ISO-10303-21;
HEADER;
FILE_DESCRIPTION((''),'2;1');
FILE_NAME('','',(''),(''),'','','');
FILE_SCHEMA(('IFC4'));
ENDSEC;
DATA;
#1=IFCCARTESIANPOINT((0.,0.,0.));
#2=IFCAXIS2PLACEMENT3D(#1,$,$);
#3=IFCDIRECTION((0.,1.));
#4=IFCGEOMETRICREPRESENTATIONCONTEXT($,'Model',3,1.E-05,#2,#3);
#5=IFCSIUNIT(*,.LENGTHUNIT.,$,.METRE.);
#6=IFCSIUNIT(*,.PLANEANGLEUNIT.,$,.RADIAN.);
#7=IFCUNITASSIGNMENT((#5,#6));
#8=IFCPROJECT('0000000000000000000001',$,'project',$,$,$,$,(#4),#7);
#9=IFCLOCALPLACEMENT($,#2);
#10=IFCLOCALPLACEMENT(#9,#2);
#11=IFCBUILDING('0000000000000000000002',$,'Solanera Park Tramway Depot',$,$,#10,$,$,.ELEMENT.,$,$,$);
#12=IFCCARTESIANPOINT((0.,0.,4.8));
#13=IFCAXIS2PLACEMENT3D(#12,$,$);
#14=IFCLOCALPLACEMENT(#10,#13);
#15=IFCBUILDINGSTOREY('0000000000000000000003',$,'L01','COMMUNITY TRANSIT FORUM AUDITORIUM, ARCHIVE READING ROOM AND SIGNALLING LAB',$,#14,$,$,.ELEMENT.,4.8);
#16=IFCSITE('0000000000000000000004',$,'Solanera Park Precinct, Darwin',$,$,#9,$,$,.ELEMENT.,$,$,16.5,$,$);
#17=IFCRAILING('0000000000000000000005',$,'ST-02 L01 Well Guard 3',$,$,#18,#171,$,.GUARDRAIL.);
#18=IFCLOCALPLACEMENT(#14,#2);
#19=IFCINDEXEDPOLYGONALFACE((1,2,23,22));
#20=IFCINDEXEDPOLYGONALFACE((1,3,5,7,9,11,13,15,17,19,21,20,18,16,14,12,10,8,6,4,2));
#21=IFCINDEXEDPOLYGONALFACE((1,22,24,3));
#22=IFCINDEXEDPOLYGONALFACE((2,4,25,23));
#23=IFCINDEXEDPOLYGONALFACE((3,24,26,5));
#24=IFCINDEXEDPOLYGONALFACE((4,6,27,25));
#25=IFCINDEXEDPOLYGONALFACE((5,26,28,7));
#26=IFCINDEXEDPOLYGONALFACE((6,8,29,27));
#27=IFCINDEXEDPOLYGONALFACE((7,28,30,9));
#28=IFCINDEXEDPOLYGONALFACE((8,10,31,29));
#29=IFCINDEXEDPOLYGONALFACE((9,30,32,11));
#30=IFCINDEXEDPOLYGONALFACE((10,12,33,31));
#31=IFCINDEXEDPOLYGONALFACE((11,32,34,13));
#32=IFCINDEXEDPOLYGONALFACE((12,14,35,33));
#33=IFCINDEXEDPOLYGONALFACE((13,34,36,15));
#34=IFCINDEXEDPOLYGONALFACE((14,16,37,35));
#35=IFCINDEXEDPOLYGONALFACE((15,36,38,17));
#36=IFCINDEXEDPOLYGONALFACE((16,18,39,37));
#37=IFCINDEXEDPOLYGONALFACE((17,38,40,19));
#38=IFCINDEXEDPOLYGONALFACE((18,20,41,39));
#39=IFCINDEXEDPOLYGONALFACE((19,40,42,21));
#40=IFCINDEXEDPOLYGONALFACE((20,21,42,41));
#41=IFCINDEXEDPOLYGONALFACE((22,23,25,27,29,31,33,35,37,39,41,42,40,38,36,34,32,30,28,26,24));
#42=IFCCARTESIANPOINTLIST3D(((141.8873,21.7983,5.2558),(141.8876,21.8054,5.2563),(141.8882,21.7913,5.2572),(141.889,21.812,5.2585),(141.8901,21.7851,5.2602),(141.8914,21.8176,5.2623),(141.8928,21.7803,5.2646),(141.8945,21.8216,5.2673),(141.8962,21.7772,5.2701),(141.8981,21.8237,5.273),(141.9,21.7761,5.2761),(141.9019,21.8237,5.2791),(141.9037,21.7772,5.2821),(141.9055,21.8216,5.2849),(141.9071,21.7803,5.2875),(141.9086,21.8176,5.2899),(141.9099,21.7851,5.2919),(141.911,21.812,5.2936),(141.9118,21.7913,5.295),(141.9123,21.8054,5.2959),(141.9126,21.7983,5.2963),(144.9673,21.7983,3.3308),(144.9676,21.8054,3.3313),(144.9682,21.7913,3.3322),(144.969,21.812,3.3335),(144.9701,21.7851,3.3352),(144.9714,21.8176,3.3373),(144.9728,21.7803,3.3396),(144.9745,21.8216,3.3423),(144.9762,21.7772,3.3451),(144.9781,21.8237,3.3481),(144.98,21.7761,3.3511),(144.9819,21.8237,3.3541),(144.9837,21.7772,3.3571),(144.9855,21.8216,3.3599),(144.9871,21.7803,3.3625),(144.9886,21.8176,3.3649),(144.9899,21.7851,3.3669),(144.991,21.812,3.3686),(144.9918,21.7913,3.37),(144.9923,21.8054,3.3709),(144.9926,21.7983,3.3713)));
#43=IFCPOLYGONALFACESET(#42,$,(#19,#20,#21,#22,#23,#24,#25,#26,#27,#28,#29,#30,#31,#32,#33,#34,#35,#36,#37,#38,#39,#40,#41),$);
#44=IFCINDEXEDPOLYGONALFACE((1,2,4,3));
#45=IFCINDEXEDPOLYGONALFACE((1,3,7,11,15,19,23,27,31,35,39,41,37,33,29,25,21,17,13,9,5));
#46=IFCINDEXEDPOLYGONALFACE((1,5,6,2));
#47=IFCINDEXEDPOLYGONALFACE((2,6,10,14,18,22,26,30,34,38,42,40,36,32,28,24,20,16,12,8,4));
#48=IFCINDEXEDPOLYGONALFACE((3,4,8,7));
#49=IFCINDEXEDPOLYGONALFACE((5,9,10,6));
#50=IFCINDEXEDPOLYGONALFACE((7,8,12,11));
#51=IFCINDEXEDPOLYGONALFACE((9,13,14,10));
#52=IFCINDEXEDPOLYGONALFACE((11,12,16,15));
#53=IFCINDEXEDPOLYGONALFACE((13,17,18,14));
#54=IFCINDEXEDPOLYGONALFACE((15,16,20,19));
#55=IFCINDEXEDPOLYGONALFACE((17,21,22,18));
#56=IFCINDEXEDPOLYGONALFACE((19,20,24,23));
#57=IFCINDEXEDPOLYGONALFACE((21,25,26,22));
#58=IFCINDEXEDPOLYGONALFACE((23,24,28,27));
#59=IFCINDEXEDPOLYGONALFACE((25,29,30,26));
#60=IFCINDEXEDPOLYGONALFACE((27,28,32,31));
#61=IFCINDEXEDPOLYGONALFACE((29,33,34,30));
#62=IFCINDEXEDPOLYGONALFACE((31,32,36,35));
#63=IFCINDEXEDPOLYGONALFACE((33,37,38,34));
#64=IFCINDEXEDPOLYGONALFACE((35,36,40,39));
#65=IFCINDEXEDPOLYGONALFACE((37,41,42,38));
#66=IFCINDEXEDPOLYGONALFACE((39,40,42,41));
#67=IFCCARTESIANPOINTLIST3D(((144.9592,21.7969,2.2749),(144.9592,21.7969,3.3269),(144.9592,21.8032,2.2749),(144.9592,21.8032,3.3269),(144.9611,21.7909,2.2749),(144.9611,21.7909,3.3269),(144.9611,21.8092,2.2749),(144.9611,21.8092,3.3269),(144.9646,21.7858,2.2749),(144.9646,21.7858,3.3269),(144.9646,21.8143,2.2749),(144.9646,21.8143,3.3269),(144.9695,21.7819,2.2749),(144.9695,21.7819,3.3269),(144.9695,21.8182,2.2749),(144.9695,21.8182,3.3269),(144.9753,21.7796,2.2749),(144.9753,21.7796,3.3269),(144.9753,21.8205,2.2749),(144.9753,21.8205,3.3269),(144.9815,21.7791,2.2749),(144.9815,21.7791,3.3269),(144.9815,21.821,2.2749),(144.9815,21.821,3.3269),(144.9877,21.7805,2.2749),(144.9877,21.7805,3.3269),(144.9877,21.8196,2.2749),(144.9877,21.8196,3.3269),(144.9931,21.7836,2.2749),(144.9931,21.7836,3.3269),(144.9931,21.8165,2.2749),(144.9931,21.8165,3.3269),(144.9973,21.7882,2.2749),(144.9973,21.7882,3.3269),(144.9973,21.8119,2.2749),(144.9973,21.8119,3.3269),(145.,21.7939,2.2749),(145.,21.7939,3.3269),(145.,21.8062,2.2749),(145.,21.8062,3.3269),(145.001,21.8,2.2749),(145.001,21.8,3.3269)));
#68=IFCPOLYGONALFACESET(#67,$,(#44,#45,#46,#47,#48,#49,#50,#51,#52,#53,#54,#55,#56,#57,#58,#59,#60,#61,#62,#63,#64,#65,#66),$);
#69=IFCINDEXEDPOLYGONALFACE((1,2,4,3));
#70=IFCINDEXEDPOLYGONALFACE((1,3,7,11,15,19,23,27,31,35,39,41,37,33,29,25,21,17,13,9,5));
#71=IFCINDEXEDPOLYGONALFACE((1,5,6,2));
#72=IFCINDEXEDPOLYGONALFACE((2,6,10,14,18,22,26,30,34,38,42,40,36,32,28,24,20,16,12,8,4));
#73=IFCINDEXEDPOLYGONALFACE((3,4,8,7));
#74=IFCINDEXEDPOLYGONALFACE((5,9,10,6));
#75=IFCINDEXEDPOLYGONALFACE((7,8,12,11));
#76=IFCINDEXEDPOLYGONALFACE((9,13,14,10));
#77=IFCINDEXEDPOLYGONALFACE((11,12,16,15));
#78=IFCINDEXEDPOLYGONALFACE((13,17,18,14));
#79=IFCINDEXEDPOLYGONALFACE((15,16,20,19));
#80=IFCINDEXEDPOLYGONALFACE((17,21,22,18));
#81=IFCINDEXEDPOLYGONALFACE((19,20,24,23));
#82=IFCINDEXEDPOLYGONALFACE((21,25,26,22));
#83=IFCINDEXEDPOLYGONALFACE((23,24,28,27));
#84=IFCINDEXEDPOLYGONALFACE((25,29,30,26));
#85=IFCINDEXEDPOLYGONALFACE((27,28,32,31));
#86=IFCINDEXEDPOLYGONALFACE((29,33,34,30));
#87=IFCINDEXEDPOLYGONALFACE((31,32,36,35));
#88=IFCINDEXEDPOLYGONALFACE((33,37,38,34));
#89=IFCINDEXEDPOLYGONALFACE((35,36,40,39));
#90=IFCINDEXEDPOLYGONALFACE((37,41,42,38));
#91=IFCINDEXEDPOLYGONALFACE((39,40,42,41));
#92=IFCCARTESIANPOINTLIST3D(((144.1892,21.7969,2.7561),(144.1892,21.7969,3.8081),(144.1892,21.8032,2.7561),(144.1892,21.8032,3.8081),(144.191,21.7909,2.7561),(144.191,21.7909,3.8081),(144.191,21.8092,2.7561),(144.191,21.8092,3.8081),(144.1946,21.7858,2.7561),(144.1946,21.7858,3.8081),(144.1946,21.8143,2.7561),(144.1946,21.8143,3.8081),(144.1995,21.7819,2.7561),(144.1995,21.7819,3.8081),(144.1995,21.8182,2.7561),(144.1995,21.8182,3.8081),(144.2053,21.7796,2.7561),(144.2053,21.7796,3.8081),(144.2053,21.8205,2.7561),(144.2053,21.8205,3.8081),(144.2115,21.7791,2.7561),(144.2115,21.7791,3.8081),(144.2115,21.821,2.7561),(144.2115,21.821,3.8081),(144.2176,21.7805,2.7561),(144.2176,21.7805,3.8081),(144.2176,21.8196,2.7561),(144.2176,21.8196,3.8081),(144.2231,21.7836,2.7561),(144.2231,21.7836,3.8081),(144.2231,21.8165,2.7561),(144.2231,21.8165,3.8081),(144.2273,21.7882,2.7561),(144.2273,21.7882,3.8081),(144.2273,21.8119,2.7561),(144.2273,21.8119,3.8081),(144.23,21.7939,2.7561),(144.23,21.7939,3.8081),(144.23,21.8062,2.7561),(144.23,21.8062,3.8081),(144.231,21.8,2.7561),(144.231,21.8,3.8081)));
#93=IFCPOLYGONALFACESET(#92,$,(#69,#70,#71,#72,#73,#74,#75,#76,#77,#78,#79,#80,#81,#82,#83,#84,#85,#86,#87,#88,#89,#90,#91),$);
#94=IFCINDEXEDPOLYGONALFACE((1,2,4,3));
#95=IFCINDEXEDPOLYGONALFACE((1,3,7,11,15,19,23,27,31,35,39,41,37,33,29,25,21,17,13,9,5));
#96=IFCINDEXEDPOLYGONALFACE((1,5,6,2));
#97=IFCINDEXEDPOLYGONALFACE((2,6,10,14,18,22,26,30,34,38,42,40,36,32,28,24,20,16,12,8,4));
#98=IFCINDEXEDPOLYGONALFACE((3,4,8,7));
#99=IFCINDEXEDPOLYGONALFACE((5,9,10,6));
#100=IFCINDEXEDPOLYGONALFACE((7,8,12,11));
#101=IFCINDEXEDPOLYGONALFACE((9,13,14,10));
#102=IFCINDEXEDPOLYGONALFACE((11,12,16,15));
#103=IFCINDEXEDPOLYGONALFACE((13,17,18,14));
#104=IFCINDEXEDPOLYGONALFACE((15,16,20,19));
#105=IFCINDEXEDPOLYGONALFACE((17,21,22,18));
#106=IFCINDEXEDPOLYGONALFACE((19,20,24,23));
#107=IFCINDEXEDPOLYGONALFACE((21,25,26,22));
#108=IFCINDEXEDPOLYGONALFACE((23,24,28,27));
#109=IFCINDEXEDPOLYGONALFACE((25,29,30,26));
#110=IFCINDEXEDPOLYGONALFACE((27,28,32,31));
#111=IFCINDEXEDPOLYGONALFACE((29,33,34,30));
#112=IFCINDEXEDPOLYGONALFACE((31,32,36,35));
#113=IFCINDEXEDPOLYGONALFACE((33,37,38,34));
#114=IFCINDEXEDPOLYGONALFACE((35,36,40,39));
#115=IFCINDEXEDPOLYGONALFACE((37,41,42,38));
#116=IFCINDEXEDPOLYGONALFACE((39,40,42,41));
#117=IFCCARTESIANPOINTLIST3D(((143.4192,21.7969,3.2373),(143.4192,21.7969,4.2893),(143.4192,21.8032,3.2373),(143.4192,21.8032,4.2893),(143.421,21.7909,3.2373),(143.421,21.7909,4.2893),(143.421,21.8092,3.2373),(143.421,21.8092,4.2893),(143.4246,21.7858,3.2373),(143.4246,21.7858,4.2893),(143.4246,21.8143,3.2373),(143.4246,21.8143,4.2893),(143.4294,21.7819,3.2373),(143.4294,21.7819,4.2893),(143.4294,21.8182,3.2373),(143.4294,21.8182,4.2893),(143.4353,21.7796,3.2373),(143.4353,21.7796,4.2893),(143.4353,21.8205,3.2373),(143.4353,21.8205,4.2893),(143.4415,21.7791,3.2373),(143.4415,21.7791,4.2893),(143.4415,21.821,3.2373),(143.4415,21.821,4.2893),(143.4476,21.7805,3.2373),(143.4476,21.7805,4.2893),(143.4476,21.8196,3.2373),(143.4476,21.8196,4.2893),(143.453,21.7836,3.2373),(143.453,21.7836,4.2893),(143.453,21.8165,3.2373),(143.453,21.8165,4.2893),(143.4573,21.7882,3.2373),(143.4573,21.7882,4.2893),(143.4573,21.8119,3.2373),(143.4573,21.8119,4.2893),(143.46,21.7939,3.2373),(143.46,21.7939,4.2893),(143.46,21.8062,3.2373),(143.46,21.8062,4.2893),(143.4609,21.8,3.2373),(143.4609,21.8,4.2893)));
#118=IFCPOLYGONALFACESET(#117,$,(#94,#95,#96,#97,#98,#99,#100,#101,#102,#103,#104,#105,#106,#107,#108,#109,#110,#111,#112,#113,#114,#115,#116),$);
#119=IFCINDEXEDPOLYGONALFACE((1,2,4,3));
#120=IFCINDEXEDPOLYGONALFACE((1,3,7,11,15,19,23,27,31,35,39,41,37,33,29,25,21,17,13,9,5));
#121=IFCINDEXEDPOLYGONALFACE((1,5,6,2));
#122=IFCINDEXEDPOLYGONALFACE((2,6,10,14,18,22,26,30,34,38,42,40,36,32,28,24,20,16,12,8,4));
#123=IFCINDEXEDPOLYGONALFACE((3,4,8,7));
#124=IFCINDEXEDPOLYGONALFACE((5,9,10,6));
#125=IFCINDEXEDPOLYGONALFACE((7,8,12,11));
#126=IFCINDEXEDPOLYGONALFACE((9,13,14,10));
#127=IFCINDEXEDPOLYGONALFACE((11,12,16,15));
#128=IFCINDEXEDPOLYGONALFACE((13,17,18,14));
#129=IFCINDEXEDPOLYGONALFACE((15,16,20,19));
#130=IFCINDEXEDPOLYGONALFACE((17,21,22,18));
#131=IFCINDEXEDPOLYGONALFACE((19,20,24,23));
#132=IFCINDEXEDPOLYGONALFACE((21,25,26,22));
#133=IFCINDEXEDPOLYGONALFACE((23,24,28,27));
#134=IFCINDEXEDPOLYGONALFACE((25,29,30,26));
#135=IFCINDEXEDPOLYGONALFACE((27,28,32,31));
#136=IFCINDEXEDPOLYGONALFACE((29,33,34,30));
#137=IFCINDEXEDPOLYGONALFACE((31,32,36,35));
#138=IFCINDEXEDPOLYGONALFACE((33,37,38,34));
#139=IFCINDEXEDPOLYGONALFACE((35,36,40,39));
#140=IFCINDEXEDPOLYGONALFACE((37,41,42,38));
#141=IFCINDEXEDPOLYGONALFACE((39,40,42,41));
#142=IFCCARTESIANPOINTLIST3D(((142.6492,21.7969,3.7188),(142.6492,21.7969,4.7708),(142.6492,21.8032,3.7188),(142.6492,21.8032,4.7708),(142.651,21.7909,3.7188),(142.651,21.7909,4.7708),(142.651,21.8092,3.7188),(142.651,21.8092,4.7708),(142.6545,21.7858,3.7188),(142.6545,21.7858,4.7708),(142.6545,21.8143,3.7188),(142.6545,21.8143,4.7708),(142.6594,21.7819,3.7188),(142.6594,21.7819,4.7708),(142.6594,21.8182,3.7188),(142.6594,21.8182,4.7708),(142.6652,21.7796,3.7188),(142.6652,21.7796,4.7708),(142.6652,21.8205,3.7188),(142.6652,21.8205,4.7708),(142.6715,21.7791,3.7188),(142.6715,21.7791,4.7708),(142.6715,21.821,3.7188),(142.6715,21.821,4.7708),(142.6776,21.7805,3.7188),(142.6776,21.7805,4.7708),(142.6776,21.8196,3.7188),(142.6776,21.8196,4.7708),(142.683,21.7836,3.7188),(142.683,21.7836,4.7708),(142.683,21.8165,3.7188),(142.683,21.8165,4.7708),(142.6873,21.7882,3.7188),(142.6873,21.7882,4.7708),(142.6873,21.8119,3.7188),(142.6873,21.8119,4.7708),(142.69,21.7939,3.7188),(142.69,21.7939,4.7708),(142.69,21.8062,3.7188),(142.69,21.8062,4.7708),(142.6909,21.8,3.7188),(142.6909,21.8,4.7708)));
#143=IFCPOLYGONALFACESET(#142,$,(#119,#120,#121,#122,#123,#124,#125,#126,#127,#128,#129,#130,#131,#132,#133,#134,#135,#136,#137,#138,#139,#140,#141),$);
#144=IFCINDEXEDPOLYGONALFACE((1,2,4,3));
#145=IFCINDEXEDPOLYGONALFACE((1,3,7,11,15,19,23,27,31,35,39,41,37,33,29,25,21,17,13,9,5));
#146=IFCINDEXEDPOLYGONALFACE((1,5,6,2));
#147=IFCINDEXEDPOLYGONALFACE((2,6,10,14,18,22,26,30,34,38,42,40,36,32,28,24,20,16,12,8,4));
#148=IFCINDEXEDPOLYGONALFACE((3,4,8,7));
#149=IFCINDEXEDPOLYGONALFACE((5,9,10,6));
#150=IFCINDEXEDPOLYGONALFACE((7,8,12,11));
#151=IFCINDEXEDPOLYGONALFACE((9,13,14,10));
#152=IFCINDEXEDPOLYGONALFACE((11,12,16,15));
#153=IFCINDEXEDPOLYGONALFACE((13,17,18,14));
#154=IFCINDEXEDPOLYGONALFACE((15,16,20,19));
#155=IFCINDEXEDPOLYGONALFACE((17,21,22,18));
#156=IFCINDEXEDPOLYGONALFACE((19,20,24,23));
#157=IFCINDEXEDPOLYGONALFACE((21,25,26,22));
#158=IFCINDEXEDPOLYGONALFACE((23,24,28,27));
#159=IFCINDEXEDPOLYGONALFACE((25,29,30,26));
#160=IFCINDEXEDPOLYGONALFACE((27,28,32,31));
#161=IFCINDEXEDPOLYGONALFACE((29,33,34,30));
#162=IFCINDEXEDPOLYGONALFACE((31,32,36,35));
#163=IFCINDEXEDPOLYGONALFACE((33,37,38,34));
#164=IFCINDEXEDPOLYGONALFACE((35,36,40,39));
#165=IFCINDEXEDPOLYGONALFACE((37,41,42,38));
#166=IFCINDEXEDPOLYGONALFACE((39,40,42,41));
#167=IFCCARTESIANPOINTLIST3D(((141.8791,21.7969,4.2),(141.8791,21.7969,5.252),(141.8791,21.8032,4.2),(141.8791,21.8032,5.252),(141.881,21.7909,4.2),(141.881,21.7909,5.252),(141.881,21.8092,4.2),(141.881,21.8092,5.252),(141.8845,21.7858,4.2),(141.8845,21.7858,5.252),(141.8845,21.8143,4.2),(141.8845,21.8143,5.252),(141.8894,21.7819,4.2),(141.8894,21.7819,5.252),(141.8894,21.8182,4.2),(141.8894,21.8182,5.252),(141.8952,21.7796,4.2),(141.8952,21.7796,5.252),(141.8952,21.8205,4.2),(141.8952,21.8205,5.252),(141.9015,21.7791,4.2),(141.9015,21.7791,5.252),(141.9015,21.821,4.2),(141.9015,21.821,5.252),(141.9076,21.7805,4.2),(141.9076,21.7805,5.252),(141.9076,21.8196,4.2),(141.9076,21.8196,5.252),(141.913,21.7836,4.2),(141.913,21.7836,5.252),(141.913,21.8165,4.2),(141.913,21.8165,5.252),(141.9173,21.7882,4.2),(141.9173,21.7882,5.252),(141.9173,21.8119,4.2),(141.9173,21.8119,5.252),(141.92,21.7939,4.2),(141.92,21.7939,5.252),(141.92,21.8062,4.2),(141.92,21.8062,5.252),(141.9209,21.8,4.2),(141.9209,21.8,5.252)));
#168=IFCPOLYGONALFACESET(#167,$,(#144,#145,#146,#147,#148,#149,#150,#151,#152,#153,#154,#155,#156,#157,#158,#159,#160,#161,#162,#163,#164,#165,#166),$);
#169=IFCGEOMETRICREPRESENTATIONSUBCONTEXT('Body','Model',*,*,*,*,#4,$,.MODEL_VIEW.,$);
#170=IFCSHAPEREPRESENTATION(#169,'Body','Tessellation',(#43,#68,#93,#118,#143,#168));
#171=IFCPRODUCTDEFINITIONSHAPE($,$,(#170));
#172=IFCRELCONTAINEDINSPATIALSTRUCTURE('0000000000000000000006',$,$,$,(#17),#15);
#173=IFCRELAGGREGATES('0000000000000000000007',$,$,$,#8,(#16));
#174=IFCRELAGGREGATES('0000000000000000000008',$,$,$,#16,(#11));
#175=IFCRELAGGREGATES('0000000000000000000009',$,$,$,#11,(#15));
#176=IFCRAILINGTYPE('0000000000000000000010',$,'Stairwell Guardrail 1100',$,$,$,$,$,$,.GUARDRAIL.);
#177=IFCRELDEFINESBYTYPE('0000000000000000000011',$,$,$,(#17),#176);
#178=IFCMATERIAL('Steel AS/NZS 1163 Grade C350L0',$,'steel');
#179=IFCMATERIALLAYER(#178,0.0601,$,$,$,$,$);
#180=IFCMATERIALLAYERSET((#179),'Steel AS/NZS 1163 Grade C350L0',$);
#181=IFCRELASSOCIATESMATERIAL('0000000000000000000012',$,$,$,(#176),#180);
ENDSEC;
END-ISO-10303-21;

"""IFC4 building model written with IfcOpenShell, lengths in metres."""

from ifc_helpers import new_model, si_unit, direction, frame, origin, origin_2d, place, context, subcontext, project, spatial, circle, extrude, material, layer, layer_set, type_object, element, save


model = new_model("IFC4")

# Units and contexts
model_context = context("Model", 3, precision=1e-05, world=origin(), true_north=direction((0.0, 1.0)))
body_context = subcontext(model_context, "Body", "Model", "MODEL_VIEW")
ifc_project = project(units=[si_unit("LENGTHUNIT", "METRE"), si_unit("PLANEANGLEUNIT", "RADIAN")], contexts=[model_context])

# Site, building, storey
site_placement = place(None, origin())
site = spatial("IfcSite", under=ifc_project, at=site_placement, Name="Solanera Park Precinct, Darwin", CompositionType="ELEMENT", RefElevation=16.5)
building_placement = place(site_placement, origin())
building = spatial("IfcBuilding", under=site, at=building_placement, Name="Solanera Park Tramway Depot", CompositionType="ELEMENT")
storey_placement = place(building_placement, frame((0.0, 0.0, 4.8)))
storey = spatial("IfcBuildingStorey", under=building, at=storey_placement, Name="L01", Description="COMMUNITY TRANSIT FORUM AUDITORIUM, ARCHIVE READING ROOM AND SIGNALLING LAB", CompositionType="ELEMENT", Elevation=4.8)

# Railing
ifc_material_1 = material(Name="Steel AS/NZS 1163 Grade C350L0", Category="steel")
ifc_layer_1 = layer(ifc_material_1, 0.0601)
ifc_layer_set_1 = layer_set([ifc_layer_1], Name="Steel AS/NZS 1163 Grade C350L0")
railing_type_1 = type_object("IfcRailingType", Name="Stairwell Guardrail 1100", PredefinedType="GUARDRAIL", material=ifc_layer_set_1)
railing_1_placement = place(storey_placement, frame((144.98, 21.8, 2.2749)))
element("IfcRailing", 1, at=railing_1_placement, inside=storey, type_object=railing_type_1, Name="ST-02 L01 Well Guard 3", PredefinedType="GUARDRAIL", context=body_context, shape_type="SweptSolid", body=[
    extrude(circle(Radius=0.0239, at=origin_2d()), frame((0.0, 0.0, 1.0762), z_axis=(-0.847998, 0.0, 0.529999), x_axis=(0.0, -1.0, 0.0)), (0.0, 0.0, 1.0), 3.6321),
    extrude(circle(Radius=0.021, at=origin_2d()), origin(), (0.0, 0.0, 1.0), 1.052),
    extrude(circle(Radius=0.021, at=origin_2d()), frame((-0.77, 0.0, 0.4812)), (0.0, 0.0, 1.0), 1.052),
    extrude(circle(Radius=0.021, at=origin_2d()), frame((-1.54, 0.0, 0.9624)), (0.0, 0.0, 1.0), 1.052),
    extrude(circle(Radius=0.021, at=origin_2d()), frame((-2.3101, 0.0, 1.4438)), (0.0, 0.0, 1.0), 1.052),
    extrude(circle(Radius=0.021, at=origin_2d()), frame((-3.0801, 0.0, 1.925)), (0.0, 0.0, 1.0), 1.052),
])

save(model, "model.ifc")
